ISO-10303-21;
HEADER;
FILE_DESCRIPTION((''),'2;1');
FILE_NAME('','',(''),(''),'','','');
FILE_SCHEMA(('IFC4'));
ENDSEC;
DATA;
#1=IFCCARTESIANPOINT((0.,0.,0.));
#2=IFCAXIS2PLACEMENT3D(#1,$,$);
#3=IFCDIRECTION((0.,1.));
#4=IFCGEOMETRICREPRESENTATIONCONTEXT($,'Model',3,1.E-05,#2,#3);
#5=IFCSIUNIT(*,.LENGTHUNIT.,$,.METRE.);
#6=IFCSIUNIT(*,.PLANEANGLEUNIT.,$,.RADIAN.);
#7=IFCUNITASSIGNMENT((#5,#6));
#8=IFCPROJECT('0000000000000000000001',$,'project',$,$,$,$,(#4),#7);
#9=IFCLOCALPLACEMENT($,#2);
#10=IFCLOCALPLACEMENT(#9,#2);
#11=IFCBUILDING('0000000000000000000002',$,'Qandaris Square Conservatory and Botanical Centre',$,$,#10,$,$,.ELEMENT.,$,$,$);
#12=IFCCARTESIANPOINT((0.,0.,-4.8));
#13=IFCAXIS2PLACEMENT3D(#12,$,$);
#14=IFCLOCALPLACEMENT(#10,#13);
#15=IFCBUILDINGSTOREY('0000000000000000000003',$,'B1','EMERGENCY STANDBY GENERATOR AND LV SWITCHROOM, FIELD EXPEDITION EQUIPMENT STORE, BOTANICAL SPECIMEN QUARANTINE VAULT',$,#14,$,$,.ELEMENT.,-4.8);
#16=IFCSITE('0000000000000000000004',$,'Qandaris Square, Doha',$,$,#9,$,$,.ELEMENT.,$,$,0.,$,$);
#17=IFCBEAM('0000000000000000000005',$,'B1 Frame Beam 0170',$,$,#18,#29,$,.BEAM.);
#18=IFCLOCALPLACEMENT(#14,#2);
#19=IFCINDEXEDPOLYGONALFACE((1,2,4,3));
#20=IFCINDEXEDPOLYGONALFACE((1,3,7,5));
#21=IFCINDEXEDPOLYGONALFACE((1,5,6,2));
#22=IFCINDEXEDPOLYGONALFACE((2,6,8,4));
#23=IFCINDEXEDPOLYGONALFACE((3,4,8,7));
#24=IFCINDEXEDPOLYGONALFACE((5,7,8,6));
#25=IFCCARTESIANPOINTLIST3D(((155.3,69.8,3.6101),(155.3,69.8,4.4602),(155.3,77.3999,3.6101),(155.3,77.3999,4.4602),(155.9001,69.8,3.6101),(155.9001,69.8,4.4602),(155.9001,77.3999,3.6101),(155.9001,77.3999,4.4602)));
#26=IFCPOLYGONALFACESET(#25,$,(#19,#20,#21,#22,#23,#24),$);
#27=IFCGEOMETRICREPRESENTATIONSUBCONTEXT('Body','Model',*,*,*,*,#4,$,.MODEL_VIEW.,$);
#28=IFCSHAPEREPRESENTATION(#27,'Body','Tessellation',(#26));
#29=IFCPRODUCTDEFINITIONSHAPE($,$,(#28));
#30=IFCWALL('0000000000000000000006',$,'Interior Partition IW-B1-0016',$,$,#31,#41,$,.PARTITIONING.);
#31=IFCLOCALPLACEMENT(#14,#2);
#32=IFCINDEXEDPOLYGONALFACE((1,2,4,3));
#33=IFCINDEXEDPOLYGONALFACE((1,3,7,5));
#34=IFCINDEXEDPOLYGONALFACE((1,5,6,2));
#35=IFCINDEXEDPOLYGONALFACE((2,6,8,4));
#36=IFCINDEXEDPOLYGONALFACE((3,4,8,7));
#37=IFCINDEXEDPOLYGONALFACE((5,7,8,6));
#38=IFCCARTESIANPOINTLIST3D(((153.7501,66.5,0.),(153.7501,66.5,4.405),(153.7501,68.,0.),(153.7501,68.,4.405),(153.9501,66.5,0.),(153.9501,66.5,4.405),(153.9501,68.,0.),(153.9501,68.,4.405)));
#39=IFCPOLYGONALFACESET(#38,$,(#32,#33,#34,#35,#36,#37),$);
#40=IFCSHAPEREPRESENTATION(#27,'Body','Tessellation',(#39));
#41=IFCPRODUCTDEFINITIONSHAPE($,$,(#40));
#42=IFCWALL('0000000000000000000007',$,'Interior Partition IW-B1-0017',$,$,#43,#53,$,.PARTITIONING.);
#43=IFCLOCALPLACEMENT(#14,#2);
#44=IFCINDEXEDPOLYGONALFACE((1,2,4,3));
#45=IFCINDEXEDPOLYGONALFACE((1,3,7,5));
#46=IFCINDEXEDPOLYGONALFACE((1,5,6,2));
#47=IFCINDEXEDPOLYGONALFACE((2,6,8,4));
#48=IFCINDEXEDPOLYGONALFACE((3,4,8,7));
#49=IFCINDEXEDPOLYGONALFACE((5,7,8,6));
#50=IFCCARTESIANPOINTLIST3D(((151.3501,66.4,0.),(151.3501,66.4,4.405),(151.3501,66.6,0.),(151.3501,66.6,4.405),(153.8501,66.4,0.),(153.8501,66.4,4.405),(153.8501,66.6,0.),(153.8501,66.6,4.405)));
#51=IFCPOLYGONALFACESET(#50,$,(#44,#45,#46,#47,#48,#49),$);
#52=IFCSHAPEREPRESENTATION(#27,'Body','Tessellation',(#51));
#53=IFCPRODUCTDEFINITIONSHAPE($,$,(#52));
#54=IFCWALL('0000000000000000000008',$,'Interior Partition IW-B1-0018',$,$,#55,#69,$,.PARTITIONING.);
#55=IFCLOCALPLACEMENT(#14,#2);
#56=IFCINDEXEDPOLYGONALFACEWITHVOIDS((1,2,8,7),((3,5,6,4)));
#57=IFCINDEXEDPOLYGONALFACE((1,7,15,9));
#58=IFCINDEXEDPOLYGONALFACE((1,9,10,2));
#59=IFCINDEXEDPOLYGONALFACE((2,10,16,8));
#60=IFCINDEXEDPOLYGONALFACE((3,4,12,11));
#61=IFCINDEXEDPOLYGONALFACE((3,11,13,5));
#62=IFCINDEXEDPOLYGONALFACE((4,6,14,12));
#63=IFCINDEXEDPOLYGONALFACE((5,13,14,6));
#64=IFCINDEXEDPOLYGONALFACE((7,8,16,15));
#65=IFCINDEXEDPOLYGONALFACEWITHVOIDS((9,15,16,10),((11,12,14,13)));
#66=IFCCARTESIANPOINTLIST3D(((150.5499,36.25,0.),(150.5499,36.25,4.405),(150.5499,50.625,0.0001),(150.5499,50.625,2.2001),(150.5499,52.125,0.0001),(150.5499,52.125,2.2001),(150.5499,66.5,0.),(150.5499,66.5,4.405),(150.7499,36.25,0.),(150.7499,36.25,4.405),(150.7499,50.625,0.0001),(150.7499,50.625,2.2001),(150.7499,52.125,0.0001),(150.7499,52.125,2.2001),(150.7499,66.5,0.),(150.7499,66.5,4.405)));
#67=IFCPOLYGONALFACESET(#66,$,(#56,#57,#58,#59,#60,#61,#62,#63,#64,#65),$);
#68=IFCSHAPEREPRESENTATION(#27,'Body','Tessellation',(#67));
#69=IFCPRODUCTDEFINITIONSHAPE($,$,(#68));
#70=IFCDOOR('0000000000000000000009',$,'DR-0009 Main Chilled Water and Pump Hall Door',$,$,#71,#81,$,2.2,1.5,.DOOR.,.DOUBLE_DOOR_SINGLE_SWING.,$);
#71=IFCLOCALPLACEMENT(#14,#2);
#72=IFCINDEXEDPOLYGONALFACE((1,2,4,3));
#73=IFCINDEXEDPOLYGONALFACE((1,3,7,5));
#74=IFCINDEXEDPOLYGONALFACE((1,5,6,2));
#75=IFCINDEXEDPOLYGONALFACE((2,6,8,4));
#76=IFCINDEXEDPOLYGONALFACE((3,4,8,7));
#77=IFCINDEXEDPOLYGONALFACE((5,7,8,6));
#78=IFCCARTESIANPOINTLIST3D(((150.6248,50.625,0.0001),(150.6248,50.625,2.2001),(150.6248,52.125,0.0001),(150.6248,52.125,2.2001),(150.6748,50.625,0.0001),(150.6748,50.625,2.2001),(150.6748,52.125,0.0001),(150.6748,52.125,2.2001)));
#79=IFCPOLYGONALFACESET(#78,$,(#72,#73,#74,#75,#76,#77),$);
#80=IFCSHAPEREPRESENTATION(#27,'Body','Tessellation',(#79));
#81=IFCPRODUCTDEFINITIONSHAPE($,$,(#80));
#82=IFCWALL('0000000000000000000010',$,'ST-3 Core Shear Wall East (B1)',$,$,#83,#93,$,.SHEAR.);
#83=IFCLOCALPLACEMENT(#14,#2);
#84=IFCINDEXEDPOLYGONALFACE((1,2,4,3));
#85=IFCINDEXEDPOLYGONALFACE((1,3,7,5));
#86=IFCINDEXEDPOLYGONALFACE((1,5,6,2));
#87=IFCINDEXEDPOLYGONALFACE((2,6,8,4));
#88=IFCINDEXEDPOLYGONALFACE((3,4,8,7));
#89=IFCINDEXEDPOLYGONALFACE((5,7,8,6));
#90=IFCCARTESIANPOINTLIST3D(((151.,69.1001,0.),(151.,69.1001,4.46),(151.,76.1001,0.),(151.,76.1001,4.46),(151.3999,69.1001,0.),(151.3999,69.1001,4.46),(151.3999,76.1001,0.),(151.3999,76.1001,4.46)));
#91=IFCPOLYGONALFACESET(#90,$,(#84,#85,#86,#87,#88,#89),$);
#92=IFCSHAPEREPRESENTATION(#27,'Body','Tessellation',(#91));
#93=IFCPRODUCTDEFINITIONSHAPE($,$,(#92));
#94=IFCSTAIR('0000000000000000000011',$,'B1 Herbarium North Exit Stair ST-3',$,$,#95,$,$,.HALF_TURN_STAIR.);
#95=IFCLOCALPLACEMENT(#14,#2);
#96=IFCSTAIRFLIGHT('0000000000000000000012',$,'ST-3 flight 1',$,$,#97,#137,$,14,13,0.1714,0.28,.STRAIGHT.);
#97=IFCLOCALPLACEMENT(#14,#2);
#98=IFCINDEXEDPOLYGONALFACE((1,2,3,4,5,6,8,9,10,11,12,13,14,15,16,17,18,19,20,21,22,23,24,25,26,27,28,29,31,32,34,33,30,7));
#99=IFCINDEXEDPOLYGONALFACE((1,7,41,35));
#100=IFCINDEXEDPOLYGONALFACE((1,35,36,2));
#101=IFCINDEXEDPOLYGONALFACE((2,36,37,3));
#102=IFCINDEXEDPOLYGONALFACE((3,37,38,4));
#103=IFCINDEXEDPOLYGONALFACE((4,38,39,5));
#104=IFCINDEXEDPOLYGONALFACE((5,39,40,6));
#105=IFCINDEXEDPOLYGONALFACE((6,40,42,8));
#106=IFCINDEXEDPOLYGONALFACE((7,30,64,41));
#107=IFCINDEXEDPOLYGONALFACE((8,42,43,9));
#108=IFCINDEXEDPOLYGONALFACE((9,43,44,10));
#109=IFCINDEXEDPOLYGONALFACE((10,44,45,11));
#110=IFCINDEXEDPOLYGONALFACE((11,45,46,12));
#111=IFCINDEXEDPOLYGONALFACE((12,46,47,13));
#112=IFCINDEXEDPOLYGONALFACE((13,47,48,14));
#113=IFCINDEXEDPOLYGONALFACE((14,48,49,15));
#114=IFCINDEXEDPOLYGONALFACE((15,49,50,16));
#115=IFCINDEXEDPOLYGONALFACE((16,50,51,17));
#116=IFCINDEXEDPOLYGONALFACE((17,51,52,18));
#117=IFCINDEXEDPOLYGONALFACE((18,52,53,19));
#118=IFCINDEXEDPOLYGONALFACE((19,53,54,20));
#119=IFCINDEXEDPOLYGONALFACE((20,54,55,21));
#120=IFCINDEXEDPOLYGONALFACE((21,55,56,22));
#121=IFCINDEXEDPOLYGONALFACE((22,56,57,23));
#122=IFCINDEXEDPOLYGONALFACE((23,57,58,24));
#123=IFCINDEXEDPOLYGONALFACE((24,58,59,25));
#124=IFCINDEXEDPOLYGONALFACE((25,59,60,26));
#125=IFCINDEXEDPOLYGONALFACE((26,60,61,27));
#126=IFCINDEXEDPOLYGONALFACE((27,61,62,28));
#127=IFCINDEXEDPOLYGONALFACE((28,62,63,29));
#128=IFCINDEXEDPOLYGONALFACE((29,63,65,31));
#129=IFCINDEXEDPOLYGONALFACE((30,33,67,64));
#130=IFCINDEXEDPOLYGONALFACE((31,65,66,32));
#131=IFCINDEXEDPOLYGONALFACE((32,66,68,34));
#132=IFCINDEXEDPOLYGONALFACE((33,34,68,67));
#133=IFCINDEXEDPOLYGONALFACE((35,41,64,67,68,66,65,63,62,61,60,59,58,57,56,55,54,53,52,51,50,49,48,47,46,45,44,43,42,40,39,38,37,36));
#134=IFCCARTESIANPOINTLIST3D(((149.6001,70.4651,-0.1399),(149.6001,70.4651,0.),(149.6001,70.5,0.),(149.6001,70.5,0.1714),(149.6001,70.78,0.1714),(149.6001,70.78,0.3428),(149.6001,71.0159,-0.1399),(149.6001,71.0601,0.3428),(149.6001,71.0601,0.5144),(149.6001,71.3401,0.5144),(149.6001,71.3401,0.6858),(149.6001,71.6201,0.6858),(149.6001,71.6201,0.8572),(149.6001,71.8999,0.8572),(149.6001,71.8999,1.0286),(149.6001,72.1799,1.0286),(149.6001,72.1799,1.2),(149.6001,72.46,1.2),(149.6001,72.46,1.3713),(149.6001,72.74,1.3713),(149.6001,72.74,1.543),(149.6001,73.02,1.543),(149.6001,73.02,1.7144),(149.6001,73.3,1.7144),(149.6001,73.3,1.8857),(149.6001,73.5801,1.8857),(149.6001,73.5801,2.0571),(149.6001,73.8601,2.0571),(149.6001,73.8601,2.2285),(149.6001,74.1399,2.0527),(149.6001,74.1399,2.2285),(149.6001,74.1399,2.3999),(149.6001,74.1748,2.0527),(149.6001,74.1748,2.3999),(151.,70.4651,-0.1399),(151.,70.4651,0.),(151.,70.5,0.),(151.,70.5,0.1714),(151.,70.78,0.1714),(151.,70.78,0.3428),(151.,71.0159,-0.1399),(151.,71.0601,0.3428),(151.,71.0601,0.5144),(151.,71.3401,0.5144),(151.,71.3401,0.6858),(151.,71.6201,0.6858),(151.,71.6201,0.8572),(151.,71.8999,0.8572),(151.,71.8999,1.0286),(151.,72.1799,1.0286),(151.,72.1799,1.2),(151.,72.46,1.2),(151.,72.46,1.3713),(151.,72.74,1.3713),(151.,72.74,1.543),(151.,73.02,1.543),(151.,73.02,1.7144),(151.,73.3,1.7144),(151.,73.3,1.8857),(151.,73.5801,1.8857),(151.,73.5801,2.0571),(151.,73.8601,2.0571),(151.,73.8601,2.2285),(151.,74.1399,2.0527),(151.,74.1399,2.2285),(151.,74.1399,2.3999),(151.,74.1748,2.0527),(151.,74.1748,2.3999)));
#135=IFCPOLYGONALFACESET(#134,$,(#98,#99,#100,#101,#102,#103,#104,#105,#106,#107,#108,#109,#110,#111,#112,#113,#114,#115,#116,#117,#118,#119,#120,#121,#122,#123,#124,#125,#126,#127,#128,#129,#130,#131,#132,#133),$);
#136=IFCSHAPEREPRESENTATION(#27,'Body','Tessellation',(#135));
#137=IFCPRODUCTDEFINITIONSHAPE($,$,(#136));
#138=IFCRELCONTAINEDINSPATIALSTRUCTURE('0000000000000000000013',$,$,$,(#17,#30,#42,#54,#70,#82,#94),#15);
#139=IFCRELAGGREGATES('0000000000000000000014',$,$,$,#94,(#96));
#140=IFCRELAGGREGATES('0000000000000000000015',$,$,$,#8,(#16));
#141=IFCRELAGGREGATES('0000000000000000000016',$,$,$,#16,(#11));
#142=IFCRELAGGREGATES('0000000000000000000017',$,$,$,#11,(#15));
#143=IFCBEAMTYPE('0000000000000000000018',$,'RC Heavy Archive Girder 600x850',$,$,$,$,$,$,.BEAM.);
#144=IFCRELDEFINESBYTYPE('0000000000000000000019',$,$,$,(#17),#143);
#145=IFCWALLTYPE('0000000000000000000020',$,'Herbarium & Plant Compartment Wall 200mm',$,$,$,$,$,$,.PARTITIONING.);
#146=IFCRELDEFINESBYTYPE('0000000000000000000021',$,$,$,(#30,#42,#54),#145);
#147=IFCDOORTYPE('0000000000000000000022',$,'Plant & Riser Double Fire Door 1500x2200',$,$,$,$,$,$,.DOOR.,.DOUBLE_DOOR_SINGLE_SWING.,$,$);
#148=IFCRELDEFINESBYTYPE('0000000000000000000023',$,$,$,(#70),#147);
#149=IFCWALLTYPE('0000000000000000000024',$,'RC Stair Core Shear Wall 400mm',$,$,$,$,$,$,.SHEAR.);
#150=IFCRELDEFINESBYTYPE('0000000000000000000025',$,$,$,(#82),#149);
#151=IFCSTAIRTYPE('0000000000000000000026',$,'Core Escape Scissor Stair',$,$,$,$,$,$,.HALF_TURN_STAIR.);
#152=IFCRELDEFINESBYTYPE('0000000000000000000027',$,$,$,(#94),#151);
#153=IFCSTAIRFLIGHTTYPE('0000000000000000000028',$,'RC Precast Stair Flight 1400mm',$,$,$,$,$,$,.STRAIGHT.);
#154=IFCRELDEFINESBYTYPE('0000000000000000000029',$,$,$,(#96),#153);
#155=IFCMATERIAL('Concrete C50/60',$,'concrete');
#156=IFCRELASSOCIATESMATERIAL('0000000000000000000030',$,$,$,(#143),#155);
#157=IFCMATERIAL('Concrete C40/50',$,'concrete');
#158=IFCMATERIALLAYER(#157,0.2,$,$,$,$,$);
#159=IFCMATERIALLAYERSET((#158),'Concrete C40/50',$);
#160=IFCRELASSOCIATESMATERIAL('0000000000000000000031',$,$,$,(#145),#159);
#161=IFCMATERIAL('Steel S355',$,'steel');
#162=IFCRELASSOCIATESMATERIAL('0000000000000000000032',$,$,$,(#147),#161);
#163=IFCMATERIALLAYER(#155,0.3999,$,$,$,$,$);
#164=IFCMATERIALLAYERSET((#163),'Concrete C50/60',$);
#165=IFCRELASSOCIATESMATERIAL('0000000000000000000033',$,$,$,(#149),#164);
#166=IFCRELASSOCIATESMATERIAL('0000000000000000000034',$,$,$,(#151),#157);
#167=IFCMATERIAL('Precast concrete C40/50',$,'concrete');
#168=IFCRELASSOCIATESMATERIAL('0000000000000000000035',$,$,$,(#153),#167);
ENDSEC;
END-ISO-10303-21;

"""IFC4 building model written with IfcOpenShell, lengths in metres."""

from ifc_helpers import new_model, si_unit, direction, frame, frame_2d, origin, origin_2d, place, context, subcontext, project, spatial, polyline, rectangle, outline, extrude, material, layer, layer_set, material_profile, profile_set, type_object, element, fill, aggregate, save


model = new_model("IFC4")

# Units and contexts
model_context = context("Model", 3, precision=1e-05, world=origin(), true_north=direction((0.0, 1.0)))
body_context = subcontext(model_context, "Body", "Model", "MODEL_VIEW")
ifc_project = project(units=[si_unit("LENGTHUNIT", "METRE"), si_unit("PLANEANGLEUNIT", "RADIAN")], contexts=[model_context])

# Site, building, storey
site_placement = place(None, origin())
site = spatial("IfcSite", under=ifc_project, at=site_placement, Name="Qandaris Square, Doha", CompositionType="ELEMENT", RefElevation=0.0)
building_placement = place(site_placement, origin())
building = spatial("IfcBuilding", under=site, at=building_placement, Name="Qandaris Square Conservatory and Botanical Centre", CompositionType="ELEMENT")
storey_placement = place(building_placement, frame((0.0, 0.0, -4.8)))
storey = spatial("IfcBuildingStorey", under=building, at=storey_placement, Name="B1", Description="EMERGENCY STANDBY GENERATOR AND LV SWITCHROOM, FIELD EXPEDITION EQUIPMENT STORE, BOTANICAL SPECIMEN QUARANTINE VAULT", CompositionType="ELEMENT", Elevation=-4.8)

# Shared definitions
ifc_material_1 = material(Name="Concrete C50/60", Category="concrete")

# Shared definitions
ifc_material_2 = material(Name="Concrete C40/50", Category="concrete")

# Beam
ifc_material_profile_1 = material_profile(ifc_material_1, rectangle(XDim=0.6001, YDim=0.8501, at=origin_2d()), Name="RC-BM 600x850")
ifc_profile_set_1 = profile_set([ifc_material_profile_1], Name="Concrete C50/60")
beam_type = type_object("IfcBeamType", Name="RC Heavy Archive Girder 600x850", PredefinedType="BEAM", material=ifc_profile_set_1)
beam_1_placement = place(storey_placement, frame((155.6001, 69.8, 4.0352), z_axis=(0.0, 1.0, 0.0), x_axis=(-1.0, 0.0, 0.0)))
element("IfcBeam", 1, at=beam_1_placement, inside=storey, type_object=beam_type, Name="B1 Frame Beam 0170", PredefinedType="BEAM", context=body_context, shape_type="SweptSolid", body=[
    extrude(rectangle(XDim=0.6001, YDim=0.8501, at=origin_2d()), origin(), (0.0, 0.0, 1.0), 7.5999),
])

# Walls
ifc_layer_1 = layer(ifc_material_2, 0.2)
ifc_layer_set_1 = layer_set([ifc_layer_1], Name="Concrete C40/50")
wall_type_1 = type_object("IfcWallType", Name="Herbarium & Plant Compartment Wall 200mm", PredefinedType="PARTITIONING", material=ifc_layer_set_1)
wall_1_placement = place(storey_placement, frame((153.8501, 68.0, 0.0), z_axis=(0.0, 0.0, 1.0), x_axis=(0.0, -1.0, 0.0)))
element("IfcWall", 2, at=wall_1_placement, inside=storey, type_object=wall_type_1, Name="Interior Partition IW-B1-0016", PredefinedType="PARTITIONING", context=body_context, shape_type="SweptSolid", body=[
    extrude(rectangle(XDim=1.5, YDim=0.2, at=frame_2d((0.75, 0.0))), origin(), (0.0, 0.0, 1.0), 4.405),
])
wall_2_placement = place(storey_placement, frame((153.8501, 66.5, 0.0), z_axis=(0.0, 0.0, 1.0), x_axis=(-1.0, 0.0, 0.0)))
element("IfcWall", 3, at=wall_2_placement, inside=storey, type_object=wall_type_1, Name="Interior Partition IW-B1-0017", PredefinedType="PARTITIONING", context=body_context, shape_type="SweptSolid", body=[
    extrude(rectangle(XDim=2.5, YDim=0.2, at=frame_2d((1.25, 0.0))), origin(), (0.0, 0.0, 1.0), 4.405),
])

# Wall, opening, door
wall_3_placement = place(storey_placement, frame((150.6499, 66.5, 0.0), z_axis=(0.0, 0.0, 1.0), x_axis=(0.0, -1.0, 0.0)))
wall_3 = element("IfcWall", 4, at=wall_3_placement, inside=storey, type_object=wall_type_1, Name="Interior Partition IW-B1-0018", PredefinedType="PARTITIONING", context=body_context, shape_type="SweptSolid", body=[
    extrude(rectangle(XDim=30.25, YDim=0.2, at=frame_2d((15.125, 0.0))), origin(), (0.0, 0.0, 1.0), 4.405),
])
opening_placement = place(wall_3_placement, frame((14.375, 0.0, 0.0)))
opening = element("IfcOpeningElement", 5, at=opening_placement, cuts=wall_3, PredefinedType="OPENING", context=body_context, shape_type="SweptSolid", body=[
    extrude(rectangle(XDim=1.5, YDim=2.2, at=frame_2d((0.75, 1.1001))), frame((0.0, 0.1118, 0.0), z_axis=(0.0, -1.0, 0.0), x_axis=(1.0, 0.0, 0.0)), (0.0, 0.0, 1.0), 0.2239),
])
ifc_material_3 = material(Name="Steel S355", Category="steel")
door_type = type_object("IfcDoorType", Name="Plant & Riser Double Fire Door 1500x2200", OperationType="DOUBLE_DOOR_SINGLE_SWING", PredefinedType="DOOR", material=ifc_material_3)
door_placement = place(opening_placement, origin())
door = element("IfcDoor", 6, at=door_placement, inside=storey, type_object=door_type, Name="DR-0009 Main Chilled Water and Pump Hall Door", OperationType="DOUBLE_DOOR_SINGLE_SWING", OverallHeight=2.2, OverallWidth=1.5, PredefinedType="DOOR", context=body_context, shape_type="SweptSolid", body=[
    extrude(rectangle(XDim=1.5, YDim=2.2, at=frame_2d((0.75, 1.1001))), frame((0.0, 0.0249, 0.0), z_axis=(0.0, -1.0, 0.0), x_axis=(1.0, 0.0, 0.0)), (0.0, 0.0, 1.0), 0.05),
])
fill(opening, door)

# Wall
ifc_layer_2 = layer(ifc_material_1, 0.3999)
ifc_layer_set_2 = layer_set([ifc_layer_2], Name="Concrete C50/60")
wall_type_2 = type_object("IfcWallType", Name="RC Stair Core Shear Wall 400mm", PredefinedType="SHEAR", material=ifc_layer_set_2)
wall_4_placement = place(storey_placement, frame((151.2, 69.1001, 0.0), z_axis=(0.0, 0.0, 1.0), x_axis=(0.0, 1.0, 0.0)))
element("IfcWall", 7, at=wall_4_placement, inside=storey, type_object=wall_type_2, Name="ST-3 Core Shear Wall East (B1)", PredefinedType="SHEAR", context=body_context, shape_type="SweptSolid", body=[
    extrude(rectangle(XDim=7.0, YDim=0.3999, at=frame_2d((3.5, 0.0))), origin(), (0.0, 0.0, 1.0), 4.46),
])

# Stair, stair flight
stair_type = type_object("IfcStairType", Name="Core Escape Scissor Stair", PredefinedType="HALF_TURN_STAIR", material=ifc_material_2)
stair_placement = place(storey_placement, origin())
stair = element("IfcStair", 8, at=stair_placement, inside=storey, type_object=stair_type, Name="B1 Herbarium North Exit Stair ST-3", PredefinedType="HALF_TURN_STAIR")
ifc_material_4 = material(Name="Precast concrete C40/50", Category="concrete")
stair_flight_type = type_object("IfcStairFlightType", Name="RC Precast Stair Flight 1400mm", PredefinedType="STRAIGHT", material=ifc_material_4)
stair_flight_placement = place(storey_placement, frame((150.3, 70.5, 0.0), z_axis=(0.0, 0.0, 1.0), x_axis=(0.0, 1.0, 0.0)))
stair_flight = element("IfcStairFlight", 9, at=stair_flight_placement, type_object=stair_flight_type, Name="ST-3 flight 1", NumberOfRisers=14, NumberOfTreads=13, PredefinedType="STRAIGHT", RiserHeight=0.1714, TreadLength=0.28, context=body_context, shape_type="SweptSolid", body=[
    extrude(outline(polyline([(-0.0349, 0.0), (0.0, 0.0), (0.0, 0.1714), (0.28, 0.1714), (0.28, 0.3428), (0.5601, 0.3428), (0.5601, 0.5144), (0.8401, 0.5144), (0.8401, 0.6858), (1.1201, 0.6858), (1.1201, 0.8572), (1.3999, 0.8572), (1.3999, 1.0286), (1.6799, 1.0286), (1.6799, 1.2), (1.96, 1.2), (1.96, 1.3713), (2.24, 1.3713), (2.24, 1.543), (2.52, 1.543), (2.52, 1.7144), (2.8, 1.7144), (2.8, 1.8857), (3.0801, 1.8857), (3.0801, 2.0571), (3.3601, 2.0571), (3.3601, 2.2285), (3.6399, 2.2285), (3.6399, 2.3999), (3.6748, 2.3999), (3.6748, 2.0527), (3.6399, 2.0527), (0.5159, -0.1399), (-0.0349, -0.1399), (-0.0349, 0.0)])), frame((0.0, 0.7, 0.0), z_axis=(0.0, -1.0, 0.0), x_axis=(1.0, 0.0, 0.0)), (0.0, 0.0, 1.0), 1.3999),
])
aggregate(stair, [stair_flight])

save(model, "model.ifc")
